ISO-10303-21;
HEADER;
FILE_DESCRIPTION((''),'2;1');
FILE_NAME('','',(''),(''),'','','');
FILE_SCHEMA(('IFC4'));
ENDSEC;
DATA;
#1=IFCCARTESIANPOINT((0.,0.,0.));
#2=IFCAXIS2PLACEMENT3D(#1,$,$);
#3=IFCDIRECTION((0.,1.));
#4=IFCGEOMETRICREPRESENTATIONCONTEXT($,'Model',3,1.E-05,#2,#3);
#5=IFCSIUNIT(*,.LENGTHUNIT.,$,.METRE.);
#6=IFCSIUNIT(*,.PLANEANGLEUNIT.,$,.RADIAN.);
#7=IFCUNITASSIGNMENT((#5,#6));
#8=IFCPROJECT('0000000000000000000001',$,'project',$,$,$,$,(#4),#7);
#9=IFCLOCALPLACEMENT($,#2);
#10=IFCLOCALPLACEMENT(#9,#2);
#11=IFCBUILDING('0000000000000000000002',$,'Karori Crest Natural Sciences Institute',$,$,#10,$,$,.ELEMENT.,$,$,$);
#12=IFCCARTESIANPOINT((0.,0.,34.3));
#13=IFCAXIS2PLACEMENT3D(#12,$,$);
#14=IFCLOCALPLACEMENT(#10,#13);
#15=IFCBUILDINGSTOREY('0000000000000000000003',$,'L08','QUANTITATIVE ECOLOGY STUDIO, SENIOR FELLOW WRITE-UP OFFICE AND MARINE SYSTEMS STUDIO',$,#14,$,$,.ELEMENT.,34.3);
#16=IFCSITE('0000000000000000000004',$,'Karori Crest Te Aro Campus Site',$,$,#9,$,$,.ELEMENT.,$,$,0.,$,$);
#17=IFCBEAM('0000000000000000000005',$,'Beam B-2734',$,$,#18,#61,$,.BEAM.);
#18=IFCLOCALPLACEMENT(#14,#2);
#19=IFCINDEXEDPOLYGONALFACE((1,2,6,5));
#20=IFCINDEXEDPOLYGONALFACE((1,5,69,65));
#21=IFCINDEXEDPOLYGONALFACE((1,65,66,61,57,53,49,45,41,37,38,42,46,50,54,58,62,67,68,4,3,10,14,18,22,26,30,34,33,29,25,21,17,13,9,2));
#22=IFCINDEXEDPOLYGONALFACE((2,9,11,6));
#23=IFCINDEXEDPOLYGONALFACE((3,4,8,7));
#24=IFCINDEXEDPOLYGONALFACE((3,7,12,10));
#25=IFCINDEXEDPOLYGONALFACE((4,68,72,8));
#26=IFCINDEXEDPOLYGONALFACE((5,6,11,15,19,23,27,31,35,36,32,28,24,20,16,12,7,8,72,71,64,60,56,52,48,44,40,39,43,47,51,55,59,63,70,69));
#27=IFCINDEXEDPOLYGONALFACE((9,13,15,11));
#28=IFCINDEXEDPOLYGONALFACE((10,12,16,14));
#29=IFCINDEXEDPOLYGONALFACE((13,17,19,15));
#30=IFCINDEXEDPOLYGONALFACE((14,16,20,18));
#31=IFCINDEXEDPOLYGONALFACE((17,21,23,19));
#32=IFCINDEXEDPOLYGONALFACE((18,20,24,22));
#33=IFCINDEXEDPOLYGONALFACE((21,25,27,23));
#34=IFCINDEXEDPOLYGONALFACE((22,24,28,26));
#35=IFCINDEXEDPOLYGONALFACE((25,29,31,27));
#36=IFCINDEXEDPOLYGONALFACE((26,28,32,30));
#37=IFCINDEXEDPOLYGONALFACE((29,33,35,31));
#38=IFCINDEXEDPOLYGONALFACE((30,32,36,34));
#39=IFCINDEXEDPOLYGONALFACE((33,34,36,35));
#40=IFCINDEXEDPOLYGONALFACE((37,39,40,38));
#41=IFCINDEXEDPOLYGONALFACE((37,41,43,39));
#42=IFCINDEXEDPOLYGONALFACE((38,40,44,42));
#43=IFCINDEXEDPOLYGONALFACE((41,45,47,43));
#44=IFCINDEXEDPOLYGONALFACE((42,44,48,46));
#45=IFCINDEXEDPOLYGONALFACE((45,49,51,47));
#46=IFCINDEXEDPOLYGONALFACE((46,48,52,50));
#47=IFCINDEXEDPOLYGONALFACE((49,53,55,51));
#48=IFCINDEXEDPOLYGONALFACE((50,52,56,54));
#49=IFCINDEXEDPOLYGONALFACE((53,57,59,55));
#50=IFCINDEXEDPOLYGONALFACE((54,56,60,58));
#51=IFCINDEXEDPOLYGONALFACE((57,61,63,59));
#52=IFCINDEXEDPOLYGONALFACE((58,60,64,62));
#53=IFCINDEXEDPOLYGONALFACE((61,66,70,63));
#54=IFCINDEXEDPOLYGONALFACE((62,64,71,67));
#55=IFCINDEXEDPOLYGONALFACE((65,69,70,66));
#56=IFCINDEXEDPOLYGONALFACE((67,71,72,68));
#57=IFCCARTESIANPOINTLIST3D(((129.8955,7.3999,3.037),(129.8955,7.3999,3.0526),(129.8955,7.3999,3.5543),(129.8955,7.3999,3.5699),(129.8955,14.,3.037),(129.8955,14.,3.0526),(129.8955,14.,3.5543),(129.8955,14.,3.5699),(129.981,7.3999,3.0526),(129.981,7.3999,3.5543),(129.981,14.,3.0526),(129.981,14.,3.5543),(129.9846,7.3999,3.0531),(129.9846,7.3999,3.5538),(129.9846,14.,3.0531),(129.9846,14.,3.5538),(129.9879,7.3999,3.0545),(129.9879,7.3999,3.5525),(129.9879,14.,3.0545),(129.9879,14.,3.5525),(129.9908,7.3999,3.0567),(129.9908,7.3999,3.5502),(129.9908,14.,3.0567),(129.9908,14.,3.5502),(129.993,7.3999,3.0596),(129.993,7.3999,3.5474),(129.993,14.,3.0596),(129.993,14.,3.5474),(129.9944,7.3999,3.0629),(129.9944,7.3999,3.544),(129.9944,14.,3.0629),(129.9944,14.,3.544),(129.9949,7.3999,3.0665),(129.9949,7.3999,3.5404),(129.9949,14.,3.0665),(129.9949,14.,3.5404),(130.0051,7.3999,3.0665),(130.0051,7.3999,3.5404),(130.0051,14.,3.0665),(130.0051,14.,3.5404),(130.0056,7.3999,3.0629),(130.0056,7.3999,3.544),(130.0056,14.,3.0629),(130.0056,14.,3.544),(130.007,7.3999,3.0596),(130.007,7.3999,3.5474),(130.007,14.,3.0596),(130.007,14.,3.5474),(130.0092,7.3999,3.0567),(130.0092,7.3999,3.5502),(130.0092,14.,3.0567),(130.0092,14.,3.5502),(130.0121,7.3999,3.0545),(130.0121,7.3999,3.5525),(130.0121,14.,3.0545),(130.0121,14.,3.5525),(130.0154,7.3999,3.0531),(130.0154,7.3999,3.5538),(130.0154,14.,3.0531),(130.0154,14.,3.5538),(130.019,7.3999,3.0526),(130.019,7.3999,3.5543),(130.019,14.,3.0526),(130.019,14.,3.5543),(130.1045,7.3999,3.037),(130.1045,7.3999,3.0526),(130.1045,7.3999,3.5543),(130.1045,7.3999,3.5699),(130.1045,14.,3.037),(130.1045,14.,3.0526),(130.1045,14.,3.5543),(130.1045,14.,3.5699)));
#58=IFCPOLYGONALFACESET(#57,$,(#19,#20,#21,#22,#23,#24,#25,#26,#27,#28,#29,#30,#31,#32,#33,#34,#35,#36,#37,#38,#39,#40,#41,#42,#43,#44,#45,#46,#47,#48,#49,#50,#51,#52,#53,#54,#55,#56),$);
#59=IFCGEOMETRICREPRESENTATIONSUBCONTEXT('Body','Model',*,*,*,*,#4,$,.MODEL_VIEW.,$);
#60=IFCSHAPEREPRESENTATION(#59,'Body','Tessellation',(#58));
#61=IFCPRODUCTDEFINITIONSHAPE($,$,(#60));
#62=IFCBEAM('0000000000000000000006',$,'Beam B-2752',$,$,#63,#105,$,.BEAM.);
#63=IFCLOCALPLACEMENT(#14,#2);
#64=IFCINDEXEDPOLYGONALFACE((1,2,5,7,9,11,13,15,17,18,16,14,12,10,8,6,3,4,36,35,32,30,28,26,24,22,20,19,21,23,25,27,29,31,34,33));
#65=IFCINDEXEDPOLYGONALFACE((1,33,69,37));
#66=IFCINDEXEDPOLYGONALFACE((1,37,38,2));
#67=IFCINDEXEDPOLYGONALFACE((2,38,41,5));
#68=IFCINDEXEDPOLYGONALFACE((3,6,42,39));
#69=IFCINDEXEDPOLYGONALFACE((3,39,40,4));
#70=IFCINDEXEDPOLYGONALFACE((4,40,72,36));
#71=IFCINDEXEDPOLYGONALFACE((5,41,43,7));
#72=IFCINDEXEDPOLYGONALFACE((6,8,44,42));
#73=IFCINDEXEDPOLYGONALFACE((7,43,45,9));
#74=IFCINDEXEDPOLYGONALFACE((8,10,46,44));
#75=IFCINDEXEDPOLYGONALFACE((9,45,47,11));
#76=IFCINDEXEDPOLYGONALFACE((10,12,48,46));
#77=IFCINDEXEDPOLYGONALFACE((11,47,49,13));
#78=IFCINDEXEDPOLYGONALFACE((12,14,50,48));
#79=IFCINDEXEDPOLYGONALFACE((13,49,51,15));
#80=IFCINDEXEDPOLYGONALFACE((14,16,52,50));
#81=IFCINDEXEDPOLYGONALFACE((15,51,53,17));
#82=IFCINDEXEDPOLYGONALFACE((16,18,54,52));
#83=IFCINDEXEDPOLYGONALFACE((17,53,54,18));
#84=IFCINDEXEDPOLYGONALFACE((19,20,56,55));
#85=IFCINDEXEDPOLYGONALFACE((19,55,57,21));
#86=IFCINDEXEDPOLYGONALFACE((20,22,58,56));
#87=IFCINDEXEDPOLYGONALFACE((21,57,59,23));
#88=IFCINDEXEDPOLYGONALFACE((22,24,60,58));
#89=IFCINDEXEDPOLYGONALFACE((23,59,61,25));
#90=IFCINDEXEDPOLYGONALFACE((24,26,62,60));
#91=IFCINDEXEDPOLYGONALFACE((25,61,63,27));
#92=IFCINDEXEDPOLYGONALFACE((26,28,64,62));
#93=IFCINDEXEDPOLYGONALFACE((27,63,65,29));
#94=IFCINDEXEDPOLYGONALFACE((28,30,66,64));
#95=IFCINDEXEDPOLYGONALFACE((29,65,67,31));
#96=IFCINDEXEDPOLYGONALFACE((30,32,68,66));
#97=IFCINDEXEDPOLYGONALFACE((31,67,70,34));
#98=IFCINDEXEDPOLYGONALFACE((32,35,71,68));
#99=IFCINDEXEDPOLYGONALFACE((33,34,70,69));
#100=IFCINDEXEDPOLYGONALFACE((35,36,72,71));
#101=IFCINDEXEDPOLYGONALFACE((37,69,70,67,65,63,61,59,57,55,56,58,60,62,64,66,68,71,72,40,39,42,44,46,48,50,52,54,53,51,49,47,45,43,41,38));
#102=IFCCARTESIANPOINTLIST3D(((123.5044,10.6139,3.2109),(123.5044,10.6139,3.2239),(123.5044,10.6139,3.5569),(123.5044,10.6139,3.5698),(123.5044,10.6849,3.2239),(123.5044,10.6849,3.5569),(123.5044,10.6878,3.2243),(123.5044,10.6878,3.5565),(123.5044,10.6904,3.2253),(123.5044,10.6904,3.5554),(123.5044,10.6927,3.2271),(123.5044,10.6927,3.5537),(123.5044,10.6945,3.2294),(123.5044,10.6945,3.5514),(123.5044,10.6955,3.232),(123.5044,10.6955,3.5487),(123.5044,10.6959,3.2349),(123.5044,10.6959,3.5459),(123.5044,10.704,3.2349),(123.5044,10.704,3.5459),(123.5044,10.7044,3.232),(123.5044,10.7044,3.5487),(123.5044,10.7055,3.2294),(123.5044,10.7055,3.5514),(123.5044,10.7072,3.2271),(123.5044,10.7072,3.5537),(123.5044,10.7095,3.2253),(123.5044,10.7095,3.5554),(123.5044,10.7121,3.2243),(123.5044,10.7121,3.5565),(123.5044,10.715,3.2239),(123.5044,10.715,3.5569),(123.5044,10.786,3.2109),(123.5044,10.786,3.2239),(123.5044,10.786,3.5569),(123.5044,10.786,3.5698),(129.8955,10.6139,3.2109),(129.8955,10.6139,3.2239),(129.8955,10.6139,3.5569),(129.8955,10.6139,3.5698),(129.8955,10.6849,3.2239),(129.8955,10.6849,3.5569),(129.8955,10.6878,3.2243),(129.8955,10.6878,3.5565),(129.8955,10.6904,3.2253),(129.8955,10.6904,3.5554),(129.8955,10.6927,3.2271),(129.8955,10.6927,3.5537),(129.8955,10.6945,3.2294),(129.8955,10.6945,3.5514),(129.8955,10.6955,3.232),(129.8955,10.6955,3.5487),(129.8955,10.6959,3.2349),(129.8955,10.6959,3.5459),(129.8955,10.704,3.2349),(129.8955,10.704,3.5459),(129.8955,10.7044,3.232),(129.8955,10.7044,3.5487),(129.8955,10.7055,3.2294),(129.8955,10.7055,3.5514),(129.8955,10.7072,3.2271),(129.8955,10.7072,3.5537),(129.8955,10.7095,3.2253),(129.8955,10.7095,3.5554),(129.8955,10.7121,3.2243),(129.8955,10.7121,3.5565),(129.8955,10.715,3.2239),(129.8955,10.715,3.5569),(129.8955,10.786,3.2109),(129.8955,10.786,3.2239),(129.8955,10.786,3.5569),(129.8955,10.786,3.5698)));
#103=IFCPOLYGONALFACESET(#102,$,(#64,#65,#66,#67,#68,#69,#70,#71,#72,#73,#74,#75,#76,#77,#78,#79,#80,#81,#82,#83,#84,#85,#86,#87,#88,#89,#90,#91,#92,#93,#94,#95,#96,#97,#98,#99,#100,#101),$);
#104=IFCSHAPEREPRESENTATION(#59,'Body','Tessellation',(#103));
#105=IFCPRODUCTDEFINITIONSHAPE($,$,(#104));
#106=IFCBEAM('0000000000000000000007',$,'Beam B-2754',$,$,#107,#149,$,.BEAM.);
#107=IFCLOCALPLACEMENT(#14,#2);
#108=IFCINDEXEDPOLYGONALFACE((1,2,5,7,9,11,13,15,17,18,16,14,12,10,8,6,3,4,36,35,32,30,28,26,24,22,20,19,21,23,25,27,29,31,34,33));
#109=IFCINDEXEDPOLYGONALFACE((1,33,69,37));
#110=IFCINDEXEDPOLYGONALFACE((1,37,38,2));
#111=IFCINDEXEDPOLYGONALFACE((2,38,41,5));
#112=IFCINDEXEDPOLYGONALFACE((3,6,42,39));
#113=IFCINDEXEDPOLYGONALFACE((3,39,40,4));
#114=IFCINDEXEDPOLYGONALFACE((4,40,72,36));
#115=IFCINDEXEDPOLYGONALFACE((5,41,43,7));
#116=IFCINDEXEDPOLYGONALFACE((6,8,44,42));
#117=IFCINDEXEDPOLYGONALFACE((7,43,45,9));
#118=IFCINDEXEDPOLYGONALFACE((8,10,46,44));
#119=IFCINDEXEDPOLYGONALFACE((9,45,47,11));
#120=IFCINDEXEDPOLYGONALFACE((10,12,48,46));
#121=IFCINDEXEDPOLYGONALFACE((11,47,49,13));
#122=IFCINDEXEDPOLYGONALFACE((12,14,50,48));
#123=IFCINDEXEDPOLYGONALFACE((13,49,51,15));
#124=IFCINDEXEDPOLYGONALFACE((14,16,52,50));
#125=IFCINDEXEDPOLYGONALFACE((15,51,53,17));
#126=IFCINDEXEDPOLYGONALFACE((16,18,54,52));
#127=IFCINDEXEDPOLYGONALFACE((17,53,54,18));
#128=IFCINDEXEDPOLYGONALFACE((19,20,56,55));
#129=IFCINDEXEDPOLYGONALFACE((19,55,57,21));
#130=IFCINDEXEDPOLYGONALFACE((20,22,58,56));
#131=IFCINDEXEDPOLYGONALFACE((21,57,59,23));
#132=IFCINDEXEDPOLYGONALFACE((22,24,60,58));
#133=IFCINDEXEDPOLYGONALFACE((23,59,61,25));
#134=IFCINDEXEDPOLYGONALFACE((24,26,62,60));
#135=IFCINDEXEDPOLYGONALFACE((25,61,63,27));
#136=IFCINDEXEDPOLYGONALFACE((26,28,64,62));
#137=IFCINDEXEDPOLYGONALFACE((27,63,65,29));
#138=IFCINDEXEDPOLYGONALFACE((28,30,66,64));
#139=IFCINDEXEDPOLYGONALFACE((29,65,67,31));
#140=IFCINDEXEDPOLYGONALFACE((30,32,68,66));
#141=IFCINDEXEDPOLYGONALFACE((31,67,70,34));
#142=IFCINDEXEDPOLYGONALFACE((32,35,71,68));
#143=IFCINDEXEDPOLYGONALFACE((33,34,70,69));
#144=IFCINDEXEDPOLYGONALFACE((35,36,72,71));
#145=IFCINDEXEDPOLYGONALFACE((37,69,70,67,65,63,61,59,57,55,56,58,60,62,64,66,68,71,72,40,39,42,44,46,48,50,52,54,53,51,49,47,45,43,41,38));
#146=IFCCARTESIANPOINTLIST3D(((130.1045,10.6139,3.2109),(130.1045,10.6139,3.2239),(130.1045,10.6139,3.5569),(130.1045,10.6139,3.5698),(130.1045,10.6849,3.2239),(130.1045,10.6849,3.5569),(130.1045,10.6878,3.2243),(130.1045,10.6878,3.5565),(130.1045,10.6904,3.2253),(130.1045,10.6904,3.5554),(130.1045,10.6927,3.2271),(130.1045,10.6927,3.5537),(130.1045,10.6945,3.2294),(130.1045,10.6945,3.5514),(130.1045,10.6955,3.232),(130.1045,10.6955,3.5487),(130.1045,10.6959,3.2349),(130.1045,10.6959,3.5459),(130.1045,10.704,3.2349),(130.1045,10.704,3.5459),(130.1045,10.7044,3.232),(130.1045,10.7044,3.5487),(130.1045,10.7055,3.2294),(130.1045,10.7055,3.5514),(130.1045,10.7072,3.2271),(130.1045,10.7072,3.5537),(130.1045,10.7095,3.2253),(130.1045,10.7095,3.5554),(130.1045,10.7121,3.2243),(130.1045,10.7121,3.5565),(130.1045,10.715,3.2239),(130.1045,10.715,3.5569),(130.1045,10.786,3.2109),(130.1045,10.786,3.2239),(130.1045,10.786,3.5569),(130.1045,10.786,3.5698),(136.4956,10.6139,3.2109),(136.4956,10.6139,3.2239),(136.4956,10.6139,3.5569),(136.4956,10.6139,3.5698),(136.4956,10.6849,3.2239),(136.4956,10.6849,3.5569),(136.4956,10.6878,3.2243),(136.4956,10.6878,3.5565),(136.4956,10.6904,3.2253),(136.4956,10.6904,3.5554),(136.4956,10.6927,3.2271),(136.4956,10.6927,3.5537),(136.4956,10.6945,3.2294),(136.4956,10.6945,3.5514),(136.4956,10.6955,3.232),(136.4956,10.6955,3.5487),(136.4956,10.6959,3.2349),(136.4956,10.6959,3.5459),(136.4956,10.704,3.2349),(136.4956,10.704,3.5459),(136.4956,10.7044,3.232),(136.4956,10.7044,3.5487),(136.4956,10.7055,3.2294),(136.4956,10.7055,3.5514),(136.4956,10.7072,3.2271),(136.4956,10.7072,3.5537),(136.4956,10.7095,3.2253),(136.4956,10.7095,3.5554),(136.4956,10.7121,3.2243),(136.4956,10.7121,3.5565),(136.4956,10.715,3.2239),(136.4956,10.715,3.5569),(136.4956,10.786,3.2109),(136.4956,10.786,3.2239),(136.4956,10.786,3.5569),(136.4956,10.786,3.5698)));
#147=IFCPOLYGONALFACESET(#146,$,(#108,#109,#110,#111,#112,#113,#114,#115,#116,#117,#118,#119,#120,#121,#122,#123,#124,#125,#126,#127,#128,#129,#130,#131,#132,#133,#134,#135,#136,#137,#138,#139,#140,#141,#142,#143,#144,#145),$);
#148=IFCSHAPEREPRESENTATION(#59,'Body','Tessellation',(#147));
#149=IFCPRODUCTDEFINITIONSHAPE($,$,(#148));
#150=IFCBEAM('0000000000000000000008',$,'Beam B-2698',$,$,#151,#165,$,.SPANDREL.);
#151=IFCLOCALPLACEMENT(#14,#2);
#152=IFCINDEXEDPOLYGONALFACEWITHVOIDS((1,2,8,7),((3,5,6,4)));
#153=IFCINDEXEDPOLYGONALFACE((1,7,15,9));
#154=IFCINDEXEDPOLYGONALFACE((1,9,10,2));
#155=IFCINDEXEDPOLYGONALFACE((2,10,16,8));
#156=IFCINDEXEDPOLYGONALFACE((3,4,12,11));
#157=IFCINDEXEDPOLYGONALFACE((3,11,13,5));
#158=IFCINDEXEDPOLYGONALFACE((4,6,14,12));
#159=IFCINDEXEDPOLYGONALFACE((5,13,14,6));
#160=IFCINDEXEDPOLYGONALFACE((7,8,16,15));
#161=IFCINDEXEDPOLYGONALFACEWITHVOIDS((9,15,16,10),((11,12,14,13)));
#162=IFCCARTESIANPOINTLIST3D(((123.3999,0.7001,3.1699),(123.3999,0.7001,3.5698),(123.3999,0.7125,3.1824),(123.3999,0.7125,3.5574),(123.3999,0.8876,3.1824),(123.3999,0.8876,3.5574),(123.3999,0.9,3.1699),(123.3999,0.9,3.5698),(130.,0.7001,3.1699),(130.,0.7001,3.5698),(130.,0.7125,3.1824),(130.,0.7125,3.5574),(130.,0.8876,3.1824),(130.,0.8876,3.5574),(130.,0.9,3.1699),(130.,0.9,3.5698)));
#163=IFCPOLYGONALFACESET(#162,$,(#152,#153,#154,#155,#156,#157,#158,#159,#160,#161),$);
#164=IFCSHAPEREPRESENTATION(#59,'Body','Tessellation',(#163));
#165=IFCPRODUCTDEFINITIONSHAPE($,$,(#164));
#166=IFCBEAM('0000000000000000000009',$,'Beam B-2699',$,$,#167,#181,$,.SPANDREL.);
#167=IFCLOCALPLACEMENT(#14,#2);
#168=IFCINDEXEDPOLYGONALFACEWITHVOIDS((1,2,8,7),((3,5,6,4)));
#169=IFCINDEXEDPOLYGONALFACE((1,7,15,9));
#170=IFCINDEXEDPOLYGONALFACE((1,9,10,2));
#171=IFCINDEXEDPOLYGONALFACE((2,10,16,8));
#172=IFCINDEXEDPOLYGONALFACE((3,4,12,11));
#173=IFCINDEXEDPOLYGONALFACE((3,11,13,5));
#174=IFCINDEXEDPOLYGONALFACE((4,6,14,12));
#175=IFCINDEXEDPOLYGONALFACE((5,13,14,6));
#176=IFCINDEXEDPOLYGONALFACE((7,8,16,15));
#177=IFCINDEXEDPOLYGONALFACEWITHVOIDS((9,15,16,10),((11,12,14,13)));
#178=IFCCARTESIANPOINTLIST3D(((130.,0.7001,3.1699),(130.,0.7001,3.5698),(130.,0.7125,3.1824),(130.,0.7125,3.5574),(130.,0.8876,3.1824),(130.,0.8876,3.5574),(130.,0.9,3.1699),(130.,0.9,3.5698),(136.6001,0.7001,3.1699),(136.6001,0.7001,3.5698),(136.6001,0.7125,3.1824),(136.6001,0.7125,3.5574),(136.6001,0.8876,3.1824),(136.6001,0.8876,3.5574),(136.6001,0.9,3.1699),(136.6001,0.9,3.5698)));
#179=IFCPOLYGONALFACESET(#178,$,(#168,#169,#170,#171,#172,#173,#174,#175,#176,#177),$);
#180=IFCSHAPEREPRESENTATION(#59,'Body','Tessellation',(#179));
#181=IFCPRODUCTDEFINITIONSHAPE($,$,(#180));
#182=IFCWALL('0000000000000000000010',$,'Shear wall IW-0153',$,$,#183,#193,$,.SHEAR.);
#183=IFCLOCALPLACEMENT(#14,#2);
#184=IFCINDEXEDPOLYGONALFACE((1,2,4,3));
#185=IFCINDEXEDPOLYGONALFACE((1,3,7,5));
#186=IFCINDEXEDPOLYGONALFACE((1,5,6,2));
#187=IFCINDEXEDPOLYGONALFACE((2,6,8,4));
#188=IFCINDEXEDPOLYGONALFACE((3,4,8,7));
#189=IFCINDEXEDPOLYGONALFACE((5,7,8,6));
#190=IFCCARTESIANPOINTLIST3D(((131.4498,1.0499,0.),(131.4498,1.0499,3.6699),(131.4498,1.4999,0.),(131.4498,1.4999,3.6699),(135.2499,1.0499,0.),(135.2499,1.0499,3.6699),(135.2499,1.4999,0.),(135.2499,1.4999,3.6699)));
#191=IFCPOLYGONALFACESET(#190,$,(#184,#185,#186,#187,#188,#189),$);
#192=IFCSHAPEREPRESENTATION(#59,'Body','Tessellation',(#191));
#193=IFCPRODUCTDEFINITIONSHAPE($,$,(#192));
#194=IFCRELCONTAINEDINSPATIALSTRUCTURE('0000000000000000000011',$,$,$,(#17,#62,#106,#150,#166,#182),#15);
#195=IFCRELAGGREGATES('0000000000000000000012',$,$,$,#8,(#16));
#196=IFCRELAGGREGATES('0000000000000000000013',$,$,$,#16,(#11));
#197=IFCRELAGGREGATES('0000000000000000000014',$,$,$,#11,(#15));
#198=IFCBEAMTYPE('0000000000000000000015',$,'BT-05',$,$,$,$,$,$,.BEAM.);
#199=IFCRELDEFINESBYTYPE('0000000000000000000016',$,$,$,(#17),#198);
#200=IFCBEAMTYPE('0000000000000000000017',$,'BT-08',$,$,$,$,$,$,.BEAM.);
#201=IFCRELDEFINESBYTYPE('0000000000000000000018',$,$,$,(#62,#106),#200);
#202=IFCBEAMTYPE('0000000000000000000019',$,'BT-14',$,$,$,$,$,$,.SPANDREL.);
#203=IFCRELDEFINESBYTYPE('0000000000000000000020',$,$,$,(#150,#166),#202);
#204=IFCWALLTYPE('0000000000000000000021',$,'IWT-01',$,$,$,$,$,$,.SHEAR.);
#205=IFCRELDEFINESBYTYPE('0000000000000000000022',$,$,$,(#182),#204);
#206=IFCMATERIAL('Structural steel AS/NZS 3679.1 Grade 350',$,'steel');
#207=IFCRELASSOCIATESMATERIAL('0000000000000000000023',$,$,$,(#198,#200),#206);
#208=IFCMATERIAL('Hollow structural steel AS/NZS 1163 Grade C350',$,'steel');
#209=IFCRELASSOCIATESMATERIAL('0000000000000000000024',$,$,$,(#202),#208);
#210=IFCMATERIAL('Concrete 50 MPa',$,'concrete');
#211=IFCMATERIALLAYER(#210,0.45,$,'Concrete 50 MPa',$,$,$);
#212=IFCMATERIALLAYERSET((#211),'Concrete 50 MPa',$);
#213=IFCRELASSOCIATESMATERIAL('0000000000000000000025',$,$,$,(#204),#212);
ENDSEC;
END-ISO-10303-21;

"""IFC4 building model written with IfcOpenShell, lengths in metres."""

from ifc_helpers import new_model, si_unit, direction, frame, frame_2d, origin, origin_2d, place, context, subcontext, project, spatial, rectangle, hollow_rectangle, i_section, extrude, material, layer, layer_set, material_profile, profile_set, type_object, element, save


model = new_model("IFC4")

# Units and contexts
model_context = context("Model", 3, precision=1e-05, world=origin(), true_north=direction((0.0, 1.0)))
body_context = subcontext(model_context, "Body", "Model", "MODEL_VIEW")
ifc_project = project(units=[si_unit("LENGTHUNIT", "METRE"), si_unit("PLANEANGLEUNIT", "RADIAN")], contexts=[model_context])

# Site, building, storey
site_placement = place(None, origin())
site = spatial("IfcSite", under=ifc_project, at=site_placement, Name="Karori Crest Te Aro Campus Site", CompositionType="ELEMENT", RefElevation=0.0)
building_placement = place(site_placement, origin())
building = spatial("IfcBuilding", under=site, at=building_placement, Name="Karori Crest Natural Sciences Institute", CompositionType="ELEMENT")
storey_placement = place(building_placement, frame((0.0, 0.0, 34.3)))
storey = spatial("IfcBuildingStorey", under=building, at=storey_placement, Name="L08", Description="QUANTITATIVE ECOLOGY STUDIO, SENIOR FELLOW WRITE-UP OFFICE AND MARINE SYSTEMS STUDIO", CompositionType="ELEMENT", Elevation=34.3)

# Shared definitions
ifc_material_1 = material(Name="Structural steel AS/NZS 3679.1 Grade 350", Category="steel")
ifc_material_2 = material(Name="Concrete 50 MPa", Category="concrete")

# Beams
ifc_material_profile_1 = material_profile(ifc_material_1, i_section(OverallWidth=0.209, OverallDepth=0.533, WebThickness=0.0103, FlangeThickness=0.0156, FilletRadius=0.0139, at=origin_2d()), Name="530UB92.4")
ifc_profile_set_1 = profile_set([ifc_material_profile_1], Name="Structural steel AS/NZS 3679.1 Grade 350")
beam_type_1 = type_object("IfcBeamType", Name="BT-05", PredefinedType="BEAM", material=ifc_profile_set_1)
beam_1_placement = place(storey_placement, frame((130.0, 7.3999, 3.3035), z_axis=(0.0, 1.0, 0.0), x_axis=(-1.0, 0.0, 0.0)))
element("IfcBeam", 1, at=beam_1_placement, inside=storey, type_object=beam_type_1, Name="Beam B-2734", PredefinedType="BEAM", context=body_context, shape_type="SweptSolid", body=[
    extrude(i_section(OverallWidth=0.209, OverallDepth=0.533, WebThickness=0.0103, FlangeThickness=0.0156, FilletRadius=0.0139, at=origin_2d()), origin(), (0.0, 0.0, 1.0), 6.6001),
])
ifc_material_profile_2 = material_profile(ifc_material_1, i_section(OverallWidth=0.1721, OverallDepth=0.3589, WebThickness=0.0081, FlangeThickness=0.0129, FilletRadius=0.011, at=origin_2d()), Name="360UB56.7")
ifc_profile_set_2 = profile_set([ifc_material_profile_2], Name="Structural steel AS/NZS 3679.1 Grade 350")
beam_type_2 = type_object("IfcBeamType", Name="BT-08", PredefinedType="BEAM", material=ifc_profile_set_2)
for number, where, z_axis, x_axis, name in (
    (2, (123.5044, 10.7, 3.3904), (1.0, 0.0, 0.0), (0.0, 1.0, 0.0), "Beam B-2752"),
    (3, (130.1045, 10.7, 3.3904), (1.0, 0.0, 0.0), (0.0, 1.0, 0.0), "Beam B-2754"),
):
    element("IfcBeam", number, at=place(storey_placement, frame(where, z_axis=z_axis, x_axis=x_axis)), inside=storey, type_object=beam_type_2, Name=name, PredefinedType="BEAM", context=body_context, shape_type="SweptSolid", body=[
        extrude(i_section(OverallWidth=0.1721, OverallDepth=0.3589, WebThickness=0.0081, FlangeThickness=0.0129, FilletRadius=0.011, at=origin_2d()), origin(), (0.0, 0.0, 1.0), 6.3911),
    ])
ifc_material_3 = material(Name="Hollow structural steel AS/NZS 1163 Grade C350", Category="steel")
ifc_material_profile_3 = material_profile(ifc_material_3, hollow_rectangle(XDim=0.2, YDim=0.3999, WallThickness=0.0125, at=origin_2d()), Name="RHS400x200x12.5")
ifc_profile_set_3 = profile_set([ifc_material_profile_3], Name="Hollow structural steel AS/NZS 1163 Grade C350")
beam_type_3 = type_object("IfcBeamType", Name="BT-14", PredefinedType="SPANDREL", material=ifc_profile_set_3)
for number, where, z_axis, x_axis, name in (
    (4, (123.3999, 0.8, 3.3699), (1.0, 0.0, 0.0), (0.0, 1.0, 0.0), "Beam B-2698"),
    (5, (130.0, 0.8, 3.3699), (1.0, 0.0, 0.0), (0.0, 1.0, 0.0), "Beam B-2699"),
):
    element("IfcBeam", number, at=place(storey_placement, frame(where, z_axis=z_axis, x_axis=x_axis)), inside=storey, type_object=beam_type_3, Name=name, PredefinedType="SPANDREL", context=body_context, shape_type="SweptSolid", body=[
        extrude(hollow_rectangle(XDim=0.2, YDim=0.3999, WallThickness=0.0125, at=origin_2d()), origin(), (0.0, 0.0, 1.0), 6.6001),
    ])

# Wall
ifc_layer_1 = layer(ifc_material_2, 0.45, Name="Concrete 50 MPa")
ifc_layer_set_1 = layer_set([ifc_layer_1], Name="Concrete 50 MPa")
wall_type_1 = type_object("IfcWallType", Name="IWT-01", PredefinedType="SHEAR", material=ifc_layer_set_1)
wall_1_placement = place(storey_placement, frame((131.45, 1.2749, 0.0), z_axis=(0.0, 0.0, 1.0), x_axis=(1.0, 0.0, 0.0)))
element("IfcWall", 6, at=wall_1_placement, inside=storey, type_object=wall_type_1, Name="Shear wall IW-0153", PredefinedType="SHEAR", context=body_context, shape_type="SweptSolid", body=[
    extrude(rectangle(XDim=3.8, YDim=0.45, at=frame_2d((1.8999, 0.0))), origin(), (0.0, 0.0, 1.0), 3.6699),
])

save(model, "model.ifc")
